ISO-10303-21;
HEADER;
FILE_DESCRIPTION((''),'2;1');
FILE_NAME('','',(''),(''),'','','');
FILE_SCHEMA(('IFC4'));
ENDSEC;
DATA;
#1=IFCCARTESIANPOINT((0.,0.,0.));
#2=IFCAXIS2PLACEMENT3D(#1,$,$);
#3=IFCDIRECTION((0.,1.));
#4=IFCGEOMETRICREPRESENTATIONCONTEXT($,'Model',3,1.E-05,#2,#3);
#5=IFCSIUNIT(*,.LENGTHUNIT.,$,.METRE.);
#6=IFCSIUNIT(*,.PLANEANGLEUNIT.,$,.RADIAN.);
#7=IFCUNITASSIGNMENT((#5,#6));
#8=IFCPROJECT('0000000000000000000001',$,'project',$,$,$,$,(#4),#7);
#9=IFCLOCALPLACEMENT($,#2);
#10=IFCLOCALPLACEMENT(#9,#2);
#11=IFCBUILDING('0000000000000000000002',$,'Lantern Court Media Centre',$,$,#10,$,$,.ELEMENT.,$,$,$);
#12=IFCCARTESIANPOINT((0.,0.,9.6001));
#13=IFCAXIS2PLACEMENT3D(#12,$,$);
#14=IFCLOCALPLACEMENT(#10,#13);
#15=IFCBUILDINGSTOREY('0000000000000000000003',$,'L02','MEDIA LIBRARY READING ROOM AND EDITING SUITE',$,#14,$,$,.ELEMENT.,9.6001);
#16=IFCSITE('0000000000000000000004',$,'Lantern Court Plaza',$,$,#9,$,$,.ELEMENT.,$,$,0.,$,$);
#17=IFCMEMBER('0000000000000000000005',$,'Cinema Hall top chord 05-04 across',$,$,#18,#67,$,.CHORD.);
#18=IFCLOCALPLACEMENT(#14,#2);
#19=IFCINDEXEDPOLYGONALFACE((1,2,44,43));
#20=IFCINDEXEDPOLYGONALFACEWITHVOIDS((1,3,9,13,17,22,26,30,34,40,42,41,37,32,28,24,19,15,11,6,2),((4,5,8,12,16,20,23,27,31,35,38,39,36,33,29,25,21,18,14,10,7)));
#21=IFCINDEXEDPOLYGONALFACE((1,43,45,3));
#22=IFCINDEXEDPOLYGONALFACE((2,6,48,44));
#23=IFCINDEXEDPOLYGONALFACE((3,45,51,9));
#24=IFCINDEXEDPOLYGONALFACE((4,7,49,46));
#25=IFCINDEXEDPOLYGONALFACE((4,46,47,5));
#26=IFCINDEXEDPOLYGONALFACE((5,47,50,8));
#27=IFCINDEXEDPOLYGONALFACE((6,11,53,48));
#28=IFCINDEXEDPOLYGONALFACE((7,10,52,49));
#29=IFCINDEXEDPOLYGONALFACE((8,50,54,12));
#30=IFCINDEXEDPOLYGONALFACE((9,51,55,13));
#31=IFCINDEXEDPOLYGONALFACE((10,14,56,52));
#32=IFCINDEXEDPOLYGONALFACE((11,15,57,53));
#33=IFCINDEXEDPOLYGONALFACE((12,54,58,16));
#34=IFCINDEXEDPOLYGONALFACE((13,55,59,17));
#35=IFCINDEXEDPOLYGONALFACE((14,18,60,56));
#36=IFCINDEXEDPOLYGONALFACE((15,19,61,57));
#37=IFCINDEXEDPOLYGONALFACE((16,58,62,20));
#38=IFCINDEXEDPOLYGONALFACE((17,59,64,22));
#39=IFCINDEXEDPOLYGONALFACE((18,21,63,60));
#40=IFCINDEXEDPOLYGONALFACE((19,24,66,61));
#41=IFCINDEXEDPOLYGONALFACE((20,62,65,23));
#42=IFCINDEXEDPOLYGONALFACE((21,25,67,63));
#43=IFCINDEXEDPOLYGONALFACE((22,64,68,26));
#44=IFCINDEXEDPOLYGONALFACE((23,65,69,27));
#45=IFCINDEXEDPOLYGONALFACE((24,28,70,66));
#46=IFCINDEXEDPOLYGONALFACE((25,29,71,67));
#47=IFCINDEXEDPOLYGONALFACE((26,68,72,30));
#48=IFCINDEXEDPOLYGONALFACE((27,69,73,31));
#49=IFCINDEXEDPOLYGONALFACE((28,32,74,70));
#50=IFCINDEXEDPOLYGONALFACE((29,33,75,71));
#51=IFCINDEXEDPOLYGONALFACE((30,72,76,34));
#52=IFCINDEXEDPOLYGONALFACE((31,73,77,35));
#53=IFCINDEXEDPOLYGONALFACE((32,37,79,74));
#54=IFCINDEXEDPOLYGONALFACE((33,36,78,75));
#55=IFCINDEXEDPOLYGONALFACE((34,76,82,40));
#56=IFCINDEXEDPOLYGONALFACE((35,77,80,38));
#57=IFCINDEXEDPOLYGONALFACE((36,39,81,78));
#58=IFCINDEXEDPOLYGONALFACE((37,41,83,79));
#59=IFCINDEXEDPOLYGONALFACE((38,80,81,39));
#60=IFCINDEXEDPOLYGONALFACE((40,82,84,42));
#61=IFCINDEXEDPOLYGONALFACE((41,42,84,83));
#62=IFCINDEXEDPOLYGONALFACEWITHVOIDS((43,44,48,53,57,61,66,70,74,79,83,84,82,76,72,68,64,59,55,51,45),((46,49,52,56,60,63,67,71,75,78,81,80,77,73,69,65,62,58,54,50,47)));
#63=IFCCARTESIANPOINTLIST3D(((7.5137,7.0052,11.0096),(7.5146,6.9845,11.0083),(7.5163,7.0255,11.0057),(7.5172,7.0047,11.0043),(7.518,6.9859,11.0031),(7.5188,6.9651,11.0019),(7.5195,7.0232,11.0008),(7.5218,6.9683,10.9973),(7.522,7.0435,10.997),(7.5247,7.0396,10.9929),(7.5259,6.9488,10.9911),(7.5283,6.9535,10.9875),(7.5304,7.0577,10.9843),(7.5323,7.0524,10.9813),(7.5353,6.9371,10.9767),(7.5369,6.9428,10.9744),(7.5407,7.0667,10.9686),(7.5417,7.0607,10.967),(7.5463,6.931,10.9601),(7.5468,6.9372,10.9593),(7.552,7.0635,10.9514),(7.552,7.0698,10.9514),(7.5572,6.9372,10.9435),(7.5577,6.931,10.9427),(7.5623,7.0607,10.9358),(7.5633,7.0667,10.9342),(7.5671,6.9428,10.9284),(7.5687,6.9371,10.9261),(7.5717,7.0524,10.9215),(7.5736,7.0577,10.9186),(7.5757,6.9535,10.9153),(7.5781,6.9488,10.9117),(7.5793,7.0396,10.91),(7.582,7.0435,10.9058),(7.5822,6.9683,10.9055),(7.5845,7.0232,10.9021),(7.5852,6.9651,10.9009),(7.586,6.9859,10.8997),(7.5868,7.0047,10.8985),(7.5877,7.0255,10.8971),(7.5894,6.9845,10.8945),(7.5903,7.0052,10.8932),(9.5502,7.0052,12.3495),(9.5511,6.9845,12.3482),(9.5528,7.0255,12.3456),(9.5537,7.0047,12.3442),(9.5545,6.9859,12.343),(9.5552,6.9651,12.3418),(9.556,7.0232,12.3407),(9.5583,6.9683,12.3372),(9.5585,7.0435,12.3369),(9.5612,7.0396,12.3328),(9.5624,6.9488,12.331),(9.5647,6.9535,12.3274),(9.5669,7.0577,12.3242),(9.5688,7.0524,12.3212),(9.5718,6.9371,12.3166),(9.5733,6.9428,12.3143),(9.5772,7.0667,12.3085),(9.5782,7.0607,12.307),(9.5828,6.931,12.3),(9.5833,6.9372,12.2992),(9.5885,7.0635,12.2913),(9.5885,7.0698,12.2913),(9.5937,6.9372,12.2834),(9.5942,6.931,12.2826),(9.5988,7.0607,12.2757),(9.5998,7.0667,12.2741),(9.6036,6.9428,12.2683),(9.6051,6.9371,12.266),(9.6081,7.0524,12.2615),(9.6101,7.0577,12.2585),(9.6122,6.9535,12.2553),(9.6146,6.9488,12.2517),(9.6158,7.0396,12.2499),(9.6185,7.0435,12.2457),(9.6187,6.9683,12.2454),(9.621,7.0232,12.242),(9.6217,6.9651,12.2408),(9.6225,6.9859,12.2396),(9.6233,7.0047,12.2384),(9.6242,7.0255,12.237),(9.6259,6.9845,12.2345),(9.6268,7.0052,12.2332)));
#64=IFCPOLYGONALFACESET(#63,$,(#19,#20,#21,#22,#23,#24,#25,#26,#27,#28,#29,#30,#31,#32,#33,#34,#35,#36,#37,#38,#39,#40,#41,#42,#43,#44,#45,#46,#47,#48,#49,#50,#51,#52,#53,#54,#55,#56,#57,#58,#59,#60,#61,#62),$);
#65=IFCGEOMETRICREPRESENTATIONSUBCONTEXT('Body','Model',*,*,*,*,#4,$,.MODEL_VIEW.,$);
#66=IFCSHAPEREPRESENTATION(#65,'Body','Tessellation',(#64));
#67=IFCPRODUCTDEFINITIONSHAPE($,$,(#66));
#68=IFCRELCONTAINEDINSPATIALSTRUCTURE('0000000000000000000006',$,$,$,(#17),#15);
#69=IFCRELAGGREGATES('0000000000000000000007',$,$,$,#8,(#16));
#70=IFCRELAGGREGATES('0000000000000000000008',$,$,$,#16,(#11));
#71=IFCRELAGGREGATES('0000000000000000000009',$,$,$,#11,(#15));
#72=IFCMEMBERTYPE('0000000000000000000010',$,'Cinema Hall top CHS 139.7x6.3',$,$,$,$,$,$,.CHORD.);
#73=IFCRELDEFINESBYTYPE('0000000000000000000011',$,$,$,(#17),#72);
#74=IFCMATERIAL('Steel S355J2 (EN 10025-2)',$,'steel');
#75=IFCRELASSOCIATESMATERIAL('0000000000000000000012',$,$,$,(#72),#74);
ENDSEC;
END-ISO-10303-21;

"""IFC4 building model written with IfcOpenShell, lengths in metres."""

from ifc_helpers import new_model, si_unit, direction, frame, origin, origin_2d, place, context, subcontext, project, spatial, hollow_circle, extrude, material, material_profile, profile_set, type_object, element, save


model = new_model("IFC4")

# Units and contexts
model_context = context("Model", 3, precision=1e-05, world=origin(), true_north=direction((0.0, 1.0)))
body_context = subcontext(model_context, "Body", "Model", "MODEL_VIEW")
ifc_project = project(units=[si_unit("LENGTHUNIT", "METRE"), si_unit("PLANEANGLEUNIT", "RADIAN")], contexts=[model_context])

# Site, building, storey
site_placement = place(None, origin())
site = spatial("IfcSite", under=ifc_project, at=site_placement, Name="Lantern Court Plaza", CompositionType="ELEMENT", RefElevation=0.0)
building_placement = place(site_placement, origin())
building = spatial("IfcBuilding", under=site, at=building_placement, Name="Lantern Court Media Centre", CompositionType="ELEMENT")
storey_placement = place(building_placement, frame((0.0, 0.0, 9.6001)))
storey = spatial("IfcBuildingStorey", under=building, at=storey_placement, Name="L02", Description="MEDIA LIBRARY READING ROOM AND EDITING SUITE", CompositionType="ELEMENT", Elevation=9.6001)

# Member
ifc_material = material(Name="Steel S355J2 (EN 10025-2)", Category="steel")
ifc_material_profile_1 = material_profile(ifc_material, hollow_circle(Radius=0.0698, WallThickness=0.0063, at=origin_2d()), Name="Cinema Hall top CHS 139.7x6.3")
ifc_profile_set_1 = profile_set([ifc_material_profile_1], Name="Steel S355J2 (EN 10025-2)")
member_type_1 = type_object("IfcMemberType", Name="Cinema Hall top CHS 139.7x6.3", PredefinedType="CHORD", material=ifc_profile_set_1)
member_1_placement = place(storey_placement, frame((7.552, 7.0, 10.9514), z_axis=(0.835394, 0.0, 0.549651), x_axis=(0.0, 1.0, 0.0)))
element("IfcMember", 1, at=member_1_placement, inside=storey, type_object=member_type_1, Name="Cinema Hall top chord 05-04 across", PredefinedType="CHORD", context=body_context, shape_type="SweptSolid", body=[
    extrude(hollow_circle(Radius=0.0698, WallThickness=0.0063, at=origin_2d()), origin(), (0.0, 0.0, 1.0), 2.4377),
])

save(model, "model.ifc")
